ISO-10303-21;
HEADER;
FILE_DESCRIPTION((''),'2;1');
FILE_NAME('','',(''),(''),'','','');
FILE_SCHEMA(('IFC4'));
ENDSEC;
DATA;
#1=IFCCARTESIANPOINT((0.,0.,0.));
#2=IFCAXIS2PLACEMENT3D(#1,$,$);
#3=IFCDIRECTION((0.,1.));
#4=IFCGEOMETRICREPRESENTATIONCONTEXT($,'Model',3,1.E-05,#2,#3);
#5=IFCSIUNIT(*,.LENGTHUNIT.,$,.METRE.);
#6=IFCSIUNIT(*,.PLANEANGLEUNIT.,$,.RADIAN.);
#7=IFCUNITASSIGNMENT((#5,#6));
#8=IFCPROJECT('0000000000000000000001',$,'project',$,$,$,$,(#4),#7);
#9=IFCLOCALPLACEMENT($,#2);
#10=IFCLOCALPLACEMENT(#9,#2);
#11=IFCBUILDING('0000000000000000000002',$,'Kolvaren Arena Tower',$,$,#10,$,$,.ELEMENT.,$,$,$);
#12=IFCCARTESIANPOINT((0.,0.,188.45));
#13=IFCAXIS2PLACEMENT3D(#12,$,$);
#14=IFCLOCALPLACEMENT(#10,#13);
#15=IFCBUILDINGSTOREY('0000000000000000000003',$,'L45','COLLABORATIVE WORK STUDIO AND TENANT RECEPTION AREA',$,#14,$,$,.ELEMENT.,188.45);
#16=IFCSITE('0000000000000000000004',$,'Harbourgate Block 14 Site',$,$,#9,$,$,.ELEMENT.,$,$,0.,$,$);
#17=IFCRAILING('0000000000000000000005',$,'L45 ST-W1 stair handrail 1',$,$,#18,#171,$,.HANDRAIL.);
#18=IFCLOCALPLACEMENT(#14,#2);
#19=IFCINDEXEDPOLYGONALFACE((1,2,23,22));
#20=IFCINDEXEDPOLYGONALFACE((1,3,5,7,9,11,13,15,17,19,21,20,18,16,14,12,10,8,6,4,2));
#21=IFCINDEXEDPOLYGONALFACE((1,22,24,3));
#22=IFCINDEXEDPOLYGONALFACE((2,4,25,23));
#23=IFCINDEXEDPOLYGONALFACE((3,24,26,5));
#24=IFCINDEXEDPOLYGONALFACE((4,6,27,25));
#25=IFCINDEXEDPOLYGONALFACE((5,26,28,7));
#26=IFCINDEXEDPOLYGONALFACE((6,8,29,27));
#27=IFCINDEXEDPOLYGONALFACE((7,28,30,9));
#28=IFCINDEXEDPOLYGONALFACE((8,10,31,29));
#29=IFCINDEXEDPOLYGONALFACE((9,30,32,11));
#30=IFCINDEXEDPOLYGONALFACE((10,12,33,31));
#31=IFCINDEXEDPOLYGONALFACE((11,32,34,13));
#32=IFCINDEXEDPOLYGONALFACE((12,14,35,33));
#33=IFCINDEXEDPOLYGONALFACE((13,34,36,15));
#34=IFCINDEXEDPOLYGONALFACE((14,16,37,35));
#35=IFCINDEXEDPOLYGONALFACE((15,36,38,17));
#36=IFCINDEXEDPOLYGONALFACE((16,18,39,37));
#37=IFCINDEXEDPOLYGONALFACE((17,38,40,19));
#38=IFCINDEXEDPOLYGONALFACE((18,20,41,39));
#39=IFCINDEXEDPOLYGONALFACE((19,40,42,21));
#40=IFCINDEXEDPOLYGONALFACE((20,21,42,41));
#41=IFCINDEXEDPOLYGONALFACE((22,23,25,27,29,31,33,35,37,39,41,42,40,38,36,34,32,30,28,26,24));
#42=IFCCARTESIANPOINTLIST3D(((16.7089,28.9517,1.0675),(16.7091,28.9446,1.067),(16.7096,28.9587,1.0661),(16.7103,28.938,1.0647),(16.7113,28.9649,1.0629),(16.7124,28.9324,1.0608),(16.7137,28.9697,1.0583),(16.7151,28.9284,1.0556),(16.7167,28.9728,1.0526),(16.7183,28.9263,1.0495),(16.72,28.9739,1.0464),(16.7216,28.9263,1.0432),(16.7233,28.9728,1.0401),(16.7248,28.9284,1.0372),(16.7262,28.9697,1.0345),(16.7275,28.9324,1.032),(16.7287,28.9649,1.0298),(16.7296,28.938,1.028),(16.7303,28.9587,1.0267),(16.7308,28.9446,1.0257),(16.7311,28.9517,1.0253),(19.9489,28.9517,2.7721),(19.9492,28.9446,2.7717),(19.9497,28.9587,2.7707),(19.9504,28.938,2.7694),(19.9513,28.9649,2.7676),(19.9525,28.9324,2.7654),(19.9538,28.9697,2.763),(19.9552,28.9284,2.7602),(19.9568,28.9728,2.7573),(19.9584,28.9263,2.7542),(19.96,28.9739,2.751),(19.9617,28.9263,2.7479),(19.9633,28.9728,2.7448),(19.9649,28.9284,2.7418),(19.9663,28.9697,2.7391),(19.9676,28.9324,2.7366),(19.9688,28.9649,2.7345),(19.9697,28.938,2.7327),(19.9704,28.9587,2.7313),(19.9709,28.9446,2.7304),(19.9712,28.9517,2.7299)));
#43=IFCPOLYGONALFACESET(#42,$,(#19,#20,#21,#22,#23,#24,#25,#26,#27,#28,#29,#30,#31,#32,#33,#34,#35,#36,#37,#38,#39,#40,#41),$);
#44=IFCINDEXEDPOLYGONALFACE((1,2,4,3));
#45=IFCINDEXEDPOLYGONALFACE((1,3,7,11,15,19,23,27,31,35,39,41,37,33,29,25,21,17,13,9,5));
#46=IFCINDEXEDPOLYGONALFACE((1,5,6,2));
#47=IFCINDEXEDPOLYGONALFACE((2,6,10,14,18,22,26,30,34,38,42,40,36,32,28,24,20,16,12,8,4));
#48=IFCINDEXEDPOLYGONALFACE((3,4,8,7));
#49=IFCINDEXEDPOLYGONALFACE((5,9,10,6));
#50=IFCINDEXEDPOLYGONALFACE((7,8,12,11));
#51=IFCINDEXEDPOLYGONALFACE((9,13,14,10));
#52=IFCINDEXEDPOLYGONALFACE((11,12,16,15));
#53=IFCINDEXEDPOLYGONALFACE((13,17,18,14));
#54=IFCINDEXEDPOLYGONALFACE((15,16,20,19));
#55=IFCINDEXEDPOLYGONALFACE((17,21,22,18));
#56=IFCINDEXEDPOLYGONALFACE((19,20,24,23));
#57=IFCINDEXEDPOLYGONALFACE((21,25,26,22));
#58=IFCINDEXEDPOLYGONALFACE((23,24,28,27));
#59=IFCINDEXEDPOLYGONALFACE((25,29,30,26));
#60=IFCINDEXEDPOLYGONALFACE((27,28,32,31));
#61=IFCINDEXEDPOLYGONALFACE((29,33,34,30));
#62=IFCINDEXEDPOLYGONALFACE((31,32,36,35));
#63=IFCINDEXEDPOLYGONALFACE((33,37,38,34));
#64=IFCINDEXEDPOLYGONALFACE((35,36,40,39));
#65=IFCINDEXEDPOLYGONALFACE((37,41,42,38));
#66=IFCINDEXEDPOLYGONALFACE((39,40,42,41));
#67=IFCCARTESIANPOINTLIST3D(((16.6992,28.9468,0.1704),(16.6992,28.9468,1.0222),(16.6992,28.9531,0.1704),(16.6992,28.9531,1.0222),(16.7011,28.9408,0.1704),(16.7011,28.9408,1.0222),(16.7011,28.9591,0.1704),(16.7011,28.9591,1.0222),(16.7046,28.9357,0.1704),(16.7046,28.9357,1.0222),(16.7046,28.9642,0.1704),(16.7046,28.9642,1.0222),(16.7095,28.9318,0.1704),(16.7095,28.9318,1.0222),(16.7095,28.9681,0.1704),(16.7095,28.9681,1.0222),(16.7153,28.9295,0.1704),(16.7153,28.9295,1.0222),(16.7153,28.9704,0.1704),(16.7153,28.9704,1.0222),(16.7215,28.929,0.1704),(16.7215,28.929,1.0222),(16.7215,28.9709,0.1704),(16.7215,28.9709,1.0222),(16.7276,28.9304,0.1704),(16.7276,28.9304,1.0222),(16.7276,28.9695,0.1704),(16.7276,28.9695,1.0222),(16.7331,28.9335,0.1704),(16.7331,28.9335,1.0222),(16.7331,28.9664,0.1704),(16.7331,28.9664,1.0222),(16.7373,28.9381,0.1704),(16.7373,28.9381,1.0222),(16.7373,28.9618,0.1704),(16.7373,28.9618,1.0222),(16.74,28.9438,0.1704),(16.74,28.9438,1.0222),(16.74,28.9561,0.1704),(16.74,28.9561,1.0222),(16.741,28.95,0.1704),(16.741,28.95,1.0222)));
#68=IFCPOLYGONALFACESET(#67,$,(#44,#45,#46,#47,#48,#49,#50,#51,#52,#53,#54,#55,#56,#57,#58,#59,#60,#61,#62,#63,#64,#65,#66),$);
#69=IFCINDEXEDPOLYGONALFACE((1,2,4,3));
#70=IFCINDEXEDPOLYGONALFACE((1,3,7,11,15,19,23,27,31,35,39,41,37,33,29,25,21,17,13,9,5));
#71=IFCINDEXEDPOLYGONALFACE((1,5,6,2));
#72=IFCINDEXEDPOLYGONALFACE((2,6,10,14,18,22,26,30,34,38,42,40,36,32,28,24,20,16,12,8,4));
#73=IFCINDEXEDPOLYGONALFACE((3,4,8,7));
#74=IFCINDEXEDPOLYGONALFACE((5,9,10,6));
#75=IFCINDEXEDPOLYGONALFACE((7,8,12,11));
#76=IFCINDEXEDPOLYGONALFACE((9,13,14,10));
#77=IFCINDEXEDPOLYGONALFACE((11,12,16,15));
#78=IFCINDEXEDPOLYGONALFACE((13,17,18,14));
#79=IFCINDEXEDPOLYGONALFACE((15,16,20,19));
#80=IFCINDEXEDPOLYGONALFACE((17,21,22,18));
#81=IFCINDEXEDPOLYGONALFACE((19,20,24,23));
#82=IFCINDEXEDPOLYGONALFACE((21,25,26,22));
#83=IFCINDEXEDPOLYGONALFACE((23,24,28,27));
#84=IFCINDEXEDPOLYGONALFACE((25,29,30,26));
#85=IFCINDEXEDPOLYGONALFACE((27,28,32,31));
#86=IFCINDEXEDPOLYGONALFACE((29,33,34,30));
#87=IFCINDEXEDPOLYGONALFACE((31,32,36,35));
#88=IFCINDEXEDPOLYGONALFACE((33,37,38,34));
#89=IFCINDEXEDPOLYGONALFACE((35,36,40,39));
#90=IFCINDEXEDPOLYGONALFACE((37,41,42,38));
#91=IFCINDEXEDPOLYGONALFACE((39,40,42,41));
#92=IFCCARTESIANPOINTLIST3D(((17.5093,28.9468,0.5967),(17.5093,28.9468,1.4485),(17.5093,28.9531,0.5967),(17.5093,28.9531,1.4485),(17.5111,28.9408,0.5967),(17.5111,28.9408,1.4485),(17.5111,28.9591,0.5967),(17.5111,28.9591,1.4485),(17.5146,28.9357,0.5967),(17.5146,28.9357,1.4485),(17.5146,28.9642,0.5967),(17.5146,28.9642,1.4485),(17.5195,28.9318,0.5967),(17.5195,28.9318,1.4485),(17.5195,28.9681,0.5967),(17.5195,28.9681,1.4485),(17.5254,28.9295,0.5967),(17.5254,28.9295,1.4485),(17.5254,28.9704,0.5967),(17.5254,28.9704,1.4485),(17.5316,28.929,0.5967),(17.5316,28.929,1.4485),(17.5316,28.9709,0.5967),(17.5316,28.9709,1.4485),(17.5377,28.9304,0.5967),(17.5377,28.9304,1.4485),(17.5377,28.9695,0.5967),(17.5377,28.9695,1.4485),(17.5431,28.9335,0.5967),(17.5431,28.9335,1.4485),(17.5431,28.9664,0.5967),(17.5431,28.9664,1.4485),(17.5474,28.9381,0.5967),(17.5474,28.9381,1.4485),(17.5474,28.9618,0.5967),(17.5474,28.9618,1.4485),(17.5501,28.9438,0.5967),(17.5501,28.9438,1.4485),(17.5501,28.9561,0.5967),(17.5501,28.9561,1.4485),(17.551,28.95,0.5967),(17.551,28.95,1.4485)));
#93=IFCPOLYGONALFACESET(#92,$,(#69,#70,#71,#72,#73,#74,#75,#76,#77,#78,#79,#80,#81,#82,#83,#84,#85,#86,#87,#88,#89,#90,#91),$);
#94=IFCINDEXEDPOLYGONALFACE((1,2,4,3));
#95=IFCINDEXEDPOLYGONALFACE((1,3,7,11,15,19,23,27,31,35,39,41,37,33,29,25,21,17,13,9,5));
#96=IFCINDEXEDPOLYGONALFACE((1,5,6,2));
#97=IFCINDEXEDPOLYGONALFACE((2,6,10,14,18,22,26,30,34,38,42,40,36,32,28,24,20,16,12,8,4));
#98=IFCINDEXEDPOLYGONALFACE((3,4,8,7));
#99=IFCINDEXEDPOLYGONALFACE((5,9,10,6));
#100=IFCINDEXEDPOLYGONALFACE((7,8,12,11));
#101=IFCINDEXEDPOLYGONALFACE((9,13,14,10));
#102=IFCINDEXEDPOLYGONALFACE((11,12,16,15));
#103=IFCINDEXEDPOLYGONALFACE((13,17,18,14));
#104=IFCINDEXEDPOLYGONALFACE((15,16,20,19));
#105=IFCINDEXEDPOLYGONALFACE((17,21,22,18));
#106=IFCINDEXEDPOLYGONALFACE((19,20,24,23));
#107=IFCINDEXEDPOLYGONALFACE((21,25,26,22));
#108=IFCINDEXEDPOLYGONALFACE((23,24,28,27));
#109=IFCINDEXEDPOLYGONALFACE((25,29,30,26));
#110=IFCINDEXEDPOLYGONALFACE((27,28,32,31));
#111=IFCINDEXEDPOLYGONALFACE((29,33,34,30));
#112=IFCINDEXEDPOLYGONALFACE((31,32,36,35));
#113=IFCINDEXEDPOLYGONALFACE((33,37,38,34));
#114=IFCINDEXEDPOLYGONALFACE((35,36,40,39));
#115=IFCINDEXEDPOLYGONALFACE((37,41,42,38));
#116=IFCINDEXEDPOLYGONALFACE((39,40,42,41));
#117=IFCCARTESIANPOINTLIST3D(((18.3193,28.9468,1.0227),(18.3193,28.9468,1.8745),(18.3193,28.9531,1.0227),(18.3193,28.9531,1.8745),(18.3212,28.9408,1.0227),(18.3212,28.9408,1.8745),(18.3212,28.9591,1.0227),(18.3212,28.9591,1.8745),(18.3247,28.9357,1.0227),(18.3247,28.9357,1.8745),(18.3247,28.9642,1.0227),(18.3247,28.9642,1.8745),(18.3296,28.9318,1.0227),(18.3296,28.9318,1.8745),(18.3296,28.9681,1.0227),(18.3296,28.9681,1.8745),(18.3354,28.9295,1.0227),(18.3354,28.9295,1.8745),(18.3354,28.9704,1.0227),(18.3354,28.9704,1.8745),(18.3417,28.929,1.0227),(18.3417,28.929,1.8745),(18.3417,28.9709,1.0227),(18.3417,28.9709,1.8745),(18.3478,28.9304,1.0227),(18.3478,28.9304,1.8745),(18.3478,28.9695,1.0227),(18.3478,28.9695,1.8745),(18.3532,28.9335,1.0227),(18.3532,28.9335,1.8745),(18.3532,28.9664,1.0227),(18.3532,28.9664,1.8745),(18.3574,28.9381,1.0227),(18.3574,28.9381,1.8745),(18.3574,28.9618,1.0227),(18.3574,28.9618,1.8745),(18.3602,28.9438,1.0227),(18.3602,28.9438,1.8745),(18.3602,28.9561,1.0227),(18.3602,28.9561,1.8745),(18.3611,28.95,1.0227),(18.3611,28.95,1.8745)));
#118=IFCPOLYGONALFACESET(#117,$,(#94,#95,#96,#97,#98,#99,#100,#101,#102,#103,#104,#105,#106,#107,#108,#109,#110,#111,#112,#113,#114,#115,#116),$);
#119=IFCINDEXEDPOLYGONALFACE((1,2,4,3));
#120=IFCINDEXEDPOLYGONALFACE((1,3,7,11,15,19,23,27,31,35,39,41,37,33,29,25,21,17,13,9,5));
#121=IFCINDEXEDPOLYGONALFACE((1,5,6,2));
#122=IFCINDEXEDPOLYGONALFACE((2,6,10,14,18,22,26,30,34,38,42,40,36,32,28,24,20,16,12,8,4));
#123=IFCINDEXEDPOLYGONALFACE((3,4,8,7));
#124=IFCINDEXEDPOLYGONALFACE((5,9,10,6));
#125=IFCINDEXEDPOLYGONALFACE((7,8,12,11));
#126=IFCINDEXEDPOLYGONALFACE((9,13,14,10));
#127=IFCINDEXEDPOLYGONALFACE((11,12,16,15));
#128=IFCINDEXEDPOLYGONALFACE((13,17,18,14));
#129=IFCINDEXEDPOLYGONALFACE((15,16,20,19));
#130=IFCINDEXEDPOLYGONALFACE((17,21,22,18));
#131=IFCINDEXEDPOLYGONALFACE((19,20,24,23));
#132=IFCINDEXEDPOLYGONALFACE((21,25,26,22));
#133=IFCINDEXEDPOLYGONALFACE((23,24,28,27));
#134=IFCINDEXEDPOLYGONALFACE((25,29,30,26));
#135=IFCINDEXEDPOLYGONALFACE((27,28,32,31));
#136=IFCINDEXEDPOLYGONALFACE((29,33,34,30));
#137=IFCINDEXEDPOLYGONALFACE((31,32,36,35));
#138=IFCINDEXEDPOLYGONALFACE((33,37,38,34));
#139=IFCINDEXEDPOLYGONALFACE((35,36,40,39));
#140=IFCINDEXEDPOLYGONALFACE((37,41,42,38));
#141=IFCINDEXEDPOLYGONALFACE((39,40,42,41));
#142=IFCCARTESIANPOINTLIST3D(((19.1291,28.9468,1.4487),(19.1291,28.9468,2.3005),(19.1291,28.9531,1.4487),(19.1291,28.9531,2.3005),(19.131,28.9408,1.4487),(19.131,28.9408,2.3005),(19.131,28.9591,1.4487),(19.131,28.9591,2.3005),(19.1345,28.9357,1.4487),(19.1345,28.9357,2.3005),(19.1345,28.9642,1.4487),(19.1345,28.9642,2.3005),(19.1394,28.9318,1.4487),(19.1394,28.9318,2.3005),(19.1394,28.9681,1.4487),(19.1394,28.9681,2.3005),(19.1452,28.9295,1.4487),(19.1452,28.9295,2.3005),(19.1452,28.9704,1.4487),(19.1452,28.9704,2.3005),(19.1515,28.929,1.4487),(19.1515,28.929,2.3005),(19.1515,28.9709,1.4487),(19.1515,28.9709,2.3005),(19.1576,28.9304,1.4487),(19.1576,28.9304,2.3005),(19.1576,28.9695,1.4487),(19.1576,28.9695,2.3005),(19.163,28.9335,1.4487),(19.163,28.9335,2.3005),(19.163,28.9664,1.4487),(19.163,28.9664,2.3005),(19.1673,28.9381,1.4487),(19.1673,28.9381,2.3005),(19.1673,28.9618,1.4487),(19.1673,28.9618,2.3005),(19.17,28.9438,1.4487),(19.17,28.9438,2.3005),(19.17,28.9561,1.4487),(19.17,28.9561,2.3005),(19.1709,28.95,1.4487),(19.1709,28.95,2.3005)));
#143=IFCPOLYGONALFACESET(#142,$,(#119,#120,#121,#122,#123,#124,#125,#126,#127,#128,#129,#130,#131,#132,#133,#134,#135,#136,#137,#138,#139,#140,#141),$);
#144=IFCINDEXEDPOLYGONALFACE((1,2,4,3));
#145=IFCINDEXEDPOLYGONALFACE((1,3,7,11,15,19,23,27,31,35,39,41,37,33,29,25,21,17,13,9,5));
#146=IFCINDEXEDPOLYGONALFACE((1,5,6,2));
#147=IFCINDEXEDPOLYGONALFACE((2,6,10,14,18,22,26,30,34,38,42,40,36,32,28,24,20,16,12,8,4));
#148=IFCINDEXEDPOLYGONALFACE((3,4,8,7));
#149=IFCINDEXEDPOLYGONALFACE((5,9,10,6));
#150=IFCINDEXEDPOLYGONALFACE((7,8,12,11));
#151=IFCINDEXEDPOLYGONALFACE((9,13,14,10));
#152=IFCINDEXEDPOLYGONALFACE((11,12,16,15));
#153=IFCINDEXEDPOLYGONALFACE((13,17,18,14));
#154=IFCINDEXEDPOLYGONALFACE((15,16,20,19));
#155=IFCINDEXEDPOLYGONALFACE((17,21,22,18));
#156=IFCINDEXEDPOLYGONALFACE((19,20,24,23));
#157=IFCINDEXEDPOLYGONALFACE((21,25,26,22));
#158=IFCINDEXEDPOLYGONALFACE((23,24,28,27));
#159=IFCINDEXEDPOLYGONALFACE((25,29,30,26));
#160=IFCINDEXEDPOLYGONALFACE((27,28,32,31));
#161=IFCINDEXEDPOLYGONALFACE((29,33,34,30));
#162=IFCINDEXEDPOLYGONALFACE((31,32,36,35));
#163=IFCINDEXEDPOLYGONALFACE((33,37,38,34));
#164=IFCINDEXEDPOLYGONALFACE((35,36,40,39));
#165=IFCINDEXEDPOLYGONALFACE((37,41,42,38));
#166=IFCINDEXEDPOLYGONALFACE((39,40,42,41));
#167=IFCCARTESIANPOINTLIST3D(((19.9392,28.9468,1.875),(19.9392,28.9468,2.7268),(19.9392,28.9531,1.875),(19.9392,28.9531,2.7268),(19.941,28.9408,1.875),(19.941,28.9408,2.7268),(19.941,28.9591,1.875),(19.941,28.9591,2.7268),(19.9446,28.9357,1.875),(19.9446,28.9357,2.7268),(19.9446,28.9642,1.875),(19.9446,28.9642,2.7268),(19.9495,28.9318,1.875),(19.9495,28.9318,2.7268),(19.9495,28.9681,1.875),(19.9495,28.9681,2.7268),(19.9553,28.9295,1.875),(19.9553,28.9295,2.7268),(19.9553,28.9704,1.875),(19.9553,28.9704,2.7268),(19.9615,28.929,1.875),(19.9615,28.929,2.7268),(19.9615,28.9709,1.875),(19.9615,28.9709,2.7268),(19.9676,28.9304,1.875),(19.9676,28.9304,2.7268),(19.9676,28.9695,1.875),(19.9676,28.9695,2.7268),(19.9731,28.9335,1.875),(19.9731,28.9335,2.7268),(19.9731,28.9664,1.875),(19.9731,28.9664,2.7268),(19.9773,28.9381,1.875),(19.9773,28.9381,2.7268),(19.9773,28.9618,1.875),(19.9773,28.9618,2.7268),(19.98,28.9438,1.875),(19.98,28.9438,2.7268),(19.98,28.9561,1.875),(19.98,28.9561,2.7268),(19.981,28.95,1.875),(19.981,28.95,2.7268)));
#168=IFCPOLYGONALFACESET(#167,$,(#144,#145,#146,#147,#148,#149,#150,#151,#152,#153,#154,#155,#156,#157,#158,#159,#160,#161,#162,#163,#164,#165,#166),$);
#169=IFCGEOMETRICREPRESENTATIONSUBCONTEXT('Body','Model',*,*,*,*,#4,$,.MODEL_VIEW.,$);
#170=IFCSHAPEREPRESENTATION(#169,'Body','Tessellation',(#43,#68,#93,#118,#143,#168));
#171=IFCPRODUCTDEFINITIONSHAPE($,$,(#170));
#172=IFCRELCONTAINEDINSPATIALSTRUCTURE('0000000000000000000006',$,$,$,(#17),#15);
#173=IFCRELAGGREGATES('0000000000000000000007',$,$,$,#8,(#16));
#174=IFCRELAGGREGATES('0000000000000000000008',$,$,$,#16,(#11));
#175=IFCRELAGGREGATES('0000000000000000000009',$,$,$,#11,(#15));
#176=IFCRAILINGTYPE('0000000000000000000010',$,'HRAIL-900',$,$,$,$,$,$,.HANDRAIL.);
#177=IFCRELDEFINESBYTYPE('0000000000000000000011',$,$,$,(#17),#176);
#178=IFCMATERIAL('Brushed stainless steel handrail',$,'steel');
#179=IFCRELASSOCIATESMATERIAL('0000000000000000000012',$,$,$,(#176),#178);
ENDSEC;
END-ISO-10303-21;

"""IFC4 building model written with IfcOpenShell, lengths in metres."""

from ifc_helpers import new_model, si_unit, direction, frame, origin, origin_2d, place, context, subcontext, project, spatial, circle, extrude, material, type_object, element, save


model = new_model("IFC4")

# Units and contexts
model_context = context("Model", 3, precision=1e-05, world=origin(), true_north=direction((0.0, 1.0)))
body_context = subcontext(model_context, "Body", "Model", "MODEL_VIEW")
ifc_project = project(units=[si_unit("LENGTHUNIT", "METRE"), si_unit("PLANEANGLEUNIT", "RADIAN")], contexts=[model_context])

# Site, building, storey
site_placement = place(None, origin())
site = spatial("IfcSite", under=ifc_project, at=site_placement, Name="Harbourgate Block 14 Site", CompositionType="ELEMENT", RefElevation=0.0)
building_placement = place(site_placement, origin())
building = spatial("IfcBuilding", under=site, at=building_placement, Name="Kolvaren Arena Tower", CompositionType="ELEMENT")
storey_placement = place(building_placement, frame((0.0, 0.0, 188.45)))
storey = spatial("IfcBuildingStorey", under=building, at=storey_placement, Name="L45", Description="COLLABORATIVE WORK STUDIO AND TENANT RECEPTION AREA", CompositionType="ELEMENT", Elevation=188.45)

# Railing
ifc_material_1 = material(Name="Brushed stainless steel handrail", Category="steel")
railing_type_1 = type_object("IfcRailingType", Name="HRAIL-900", PredefinedType="HANDRAIL", material=ifc_material_1)
railing_1_placement = place(storey_placement, frame((16.72, 28.95, 0.1704)))
element("IfcRailing", 1, at=railing_1_placement, inside=storey, type_object=railing_type_1, Name="L45 ST-W1 stair handrail 1", PredefinedType="HANDRAIL", context=body_context, shape_type="SweptSolid", body=[
    extrude(circle(Radius=0.0239, at=origin_2d()), frame((0.0, 0.0, 0.876), z_axis=(0.884993, 0.0, 0.465604), x_axis=(0.0, 1.0, 0.0)), (0.0, 0.0, 1.0), 3.6611),
    extrude(circle(Radius=0.021, at=origin_2d()), origin(), (0.0, 0.0, 1.0), 0.8518),
    extrude(circle(Radius=0.021, at=origin_2d()), frame((0.8101, 0.0, 0.4263)), (0.0, 0.0, 1.0), 0.8518),
    extrude(circle(Radius=0.021, at=origin_2d()), frame((1.6201, 0.0, 0.8523)), (0.0, 0.0, 1.0), 0.8518),
    extrude(circle(Radius=0.021, at=origin_2d()), frame((2.4299, 0.0, 1.2783)), (0.0, 0.0, 1.0), 0.8518),
    extrude(circle(Radius=0.021, at=origin_2d()), frame((3.24, 0.0, 1.7046)), (0.0, 0.0, 1.0), 0.8518),
])

save(model, "model.ifc")
